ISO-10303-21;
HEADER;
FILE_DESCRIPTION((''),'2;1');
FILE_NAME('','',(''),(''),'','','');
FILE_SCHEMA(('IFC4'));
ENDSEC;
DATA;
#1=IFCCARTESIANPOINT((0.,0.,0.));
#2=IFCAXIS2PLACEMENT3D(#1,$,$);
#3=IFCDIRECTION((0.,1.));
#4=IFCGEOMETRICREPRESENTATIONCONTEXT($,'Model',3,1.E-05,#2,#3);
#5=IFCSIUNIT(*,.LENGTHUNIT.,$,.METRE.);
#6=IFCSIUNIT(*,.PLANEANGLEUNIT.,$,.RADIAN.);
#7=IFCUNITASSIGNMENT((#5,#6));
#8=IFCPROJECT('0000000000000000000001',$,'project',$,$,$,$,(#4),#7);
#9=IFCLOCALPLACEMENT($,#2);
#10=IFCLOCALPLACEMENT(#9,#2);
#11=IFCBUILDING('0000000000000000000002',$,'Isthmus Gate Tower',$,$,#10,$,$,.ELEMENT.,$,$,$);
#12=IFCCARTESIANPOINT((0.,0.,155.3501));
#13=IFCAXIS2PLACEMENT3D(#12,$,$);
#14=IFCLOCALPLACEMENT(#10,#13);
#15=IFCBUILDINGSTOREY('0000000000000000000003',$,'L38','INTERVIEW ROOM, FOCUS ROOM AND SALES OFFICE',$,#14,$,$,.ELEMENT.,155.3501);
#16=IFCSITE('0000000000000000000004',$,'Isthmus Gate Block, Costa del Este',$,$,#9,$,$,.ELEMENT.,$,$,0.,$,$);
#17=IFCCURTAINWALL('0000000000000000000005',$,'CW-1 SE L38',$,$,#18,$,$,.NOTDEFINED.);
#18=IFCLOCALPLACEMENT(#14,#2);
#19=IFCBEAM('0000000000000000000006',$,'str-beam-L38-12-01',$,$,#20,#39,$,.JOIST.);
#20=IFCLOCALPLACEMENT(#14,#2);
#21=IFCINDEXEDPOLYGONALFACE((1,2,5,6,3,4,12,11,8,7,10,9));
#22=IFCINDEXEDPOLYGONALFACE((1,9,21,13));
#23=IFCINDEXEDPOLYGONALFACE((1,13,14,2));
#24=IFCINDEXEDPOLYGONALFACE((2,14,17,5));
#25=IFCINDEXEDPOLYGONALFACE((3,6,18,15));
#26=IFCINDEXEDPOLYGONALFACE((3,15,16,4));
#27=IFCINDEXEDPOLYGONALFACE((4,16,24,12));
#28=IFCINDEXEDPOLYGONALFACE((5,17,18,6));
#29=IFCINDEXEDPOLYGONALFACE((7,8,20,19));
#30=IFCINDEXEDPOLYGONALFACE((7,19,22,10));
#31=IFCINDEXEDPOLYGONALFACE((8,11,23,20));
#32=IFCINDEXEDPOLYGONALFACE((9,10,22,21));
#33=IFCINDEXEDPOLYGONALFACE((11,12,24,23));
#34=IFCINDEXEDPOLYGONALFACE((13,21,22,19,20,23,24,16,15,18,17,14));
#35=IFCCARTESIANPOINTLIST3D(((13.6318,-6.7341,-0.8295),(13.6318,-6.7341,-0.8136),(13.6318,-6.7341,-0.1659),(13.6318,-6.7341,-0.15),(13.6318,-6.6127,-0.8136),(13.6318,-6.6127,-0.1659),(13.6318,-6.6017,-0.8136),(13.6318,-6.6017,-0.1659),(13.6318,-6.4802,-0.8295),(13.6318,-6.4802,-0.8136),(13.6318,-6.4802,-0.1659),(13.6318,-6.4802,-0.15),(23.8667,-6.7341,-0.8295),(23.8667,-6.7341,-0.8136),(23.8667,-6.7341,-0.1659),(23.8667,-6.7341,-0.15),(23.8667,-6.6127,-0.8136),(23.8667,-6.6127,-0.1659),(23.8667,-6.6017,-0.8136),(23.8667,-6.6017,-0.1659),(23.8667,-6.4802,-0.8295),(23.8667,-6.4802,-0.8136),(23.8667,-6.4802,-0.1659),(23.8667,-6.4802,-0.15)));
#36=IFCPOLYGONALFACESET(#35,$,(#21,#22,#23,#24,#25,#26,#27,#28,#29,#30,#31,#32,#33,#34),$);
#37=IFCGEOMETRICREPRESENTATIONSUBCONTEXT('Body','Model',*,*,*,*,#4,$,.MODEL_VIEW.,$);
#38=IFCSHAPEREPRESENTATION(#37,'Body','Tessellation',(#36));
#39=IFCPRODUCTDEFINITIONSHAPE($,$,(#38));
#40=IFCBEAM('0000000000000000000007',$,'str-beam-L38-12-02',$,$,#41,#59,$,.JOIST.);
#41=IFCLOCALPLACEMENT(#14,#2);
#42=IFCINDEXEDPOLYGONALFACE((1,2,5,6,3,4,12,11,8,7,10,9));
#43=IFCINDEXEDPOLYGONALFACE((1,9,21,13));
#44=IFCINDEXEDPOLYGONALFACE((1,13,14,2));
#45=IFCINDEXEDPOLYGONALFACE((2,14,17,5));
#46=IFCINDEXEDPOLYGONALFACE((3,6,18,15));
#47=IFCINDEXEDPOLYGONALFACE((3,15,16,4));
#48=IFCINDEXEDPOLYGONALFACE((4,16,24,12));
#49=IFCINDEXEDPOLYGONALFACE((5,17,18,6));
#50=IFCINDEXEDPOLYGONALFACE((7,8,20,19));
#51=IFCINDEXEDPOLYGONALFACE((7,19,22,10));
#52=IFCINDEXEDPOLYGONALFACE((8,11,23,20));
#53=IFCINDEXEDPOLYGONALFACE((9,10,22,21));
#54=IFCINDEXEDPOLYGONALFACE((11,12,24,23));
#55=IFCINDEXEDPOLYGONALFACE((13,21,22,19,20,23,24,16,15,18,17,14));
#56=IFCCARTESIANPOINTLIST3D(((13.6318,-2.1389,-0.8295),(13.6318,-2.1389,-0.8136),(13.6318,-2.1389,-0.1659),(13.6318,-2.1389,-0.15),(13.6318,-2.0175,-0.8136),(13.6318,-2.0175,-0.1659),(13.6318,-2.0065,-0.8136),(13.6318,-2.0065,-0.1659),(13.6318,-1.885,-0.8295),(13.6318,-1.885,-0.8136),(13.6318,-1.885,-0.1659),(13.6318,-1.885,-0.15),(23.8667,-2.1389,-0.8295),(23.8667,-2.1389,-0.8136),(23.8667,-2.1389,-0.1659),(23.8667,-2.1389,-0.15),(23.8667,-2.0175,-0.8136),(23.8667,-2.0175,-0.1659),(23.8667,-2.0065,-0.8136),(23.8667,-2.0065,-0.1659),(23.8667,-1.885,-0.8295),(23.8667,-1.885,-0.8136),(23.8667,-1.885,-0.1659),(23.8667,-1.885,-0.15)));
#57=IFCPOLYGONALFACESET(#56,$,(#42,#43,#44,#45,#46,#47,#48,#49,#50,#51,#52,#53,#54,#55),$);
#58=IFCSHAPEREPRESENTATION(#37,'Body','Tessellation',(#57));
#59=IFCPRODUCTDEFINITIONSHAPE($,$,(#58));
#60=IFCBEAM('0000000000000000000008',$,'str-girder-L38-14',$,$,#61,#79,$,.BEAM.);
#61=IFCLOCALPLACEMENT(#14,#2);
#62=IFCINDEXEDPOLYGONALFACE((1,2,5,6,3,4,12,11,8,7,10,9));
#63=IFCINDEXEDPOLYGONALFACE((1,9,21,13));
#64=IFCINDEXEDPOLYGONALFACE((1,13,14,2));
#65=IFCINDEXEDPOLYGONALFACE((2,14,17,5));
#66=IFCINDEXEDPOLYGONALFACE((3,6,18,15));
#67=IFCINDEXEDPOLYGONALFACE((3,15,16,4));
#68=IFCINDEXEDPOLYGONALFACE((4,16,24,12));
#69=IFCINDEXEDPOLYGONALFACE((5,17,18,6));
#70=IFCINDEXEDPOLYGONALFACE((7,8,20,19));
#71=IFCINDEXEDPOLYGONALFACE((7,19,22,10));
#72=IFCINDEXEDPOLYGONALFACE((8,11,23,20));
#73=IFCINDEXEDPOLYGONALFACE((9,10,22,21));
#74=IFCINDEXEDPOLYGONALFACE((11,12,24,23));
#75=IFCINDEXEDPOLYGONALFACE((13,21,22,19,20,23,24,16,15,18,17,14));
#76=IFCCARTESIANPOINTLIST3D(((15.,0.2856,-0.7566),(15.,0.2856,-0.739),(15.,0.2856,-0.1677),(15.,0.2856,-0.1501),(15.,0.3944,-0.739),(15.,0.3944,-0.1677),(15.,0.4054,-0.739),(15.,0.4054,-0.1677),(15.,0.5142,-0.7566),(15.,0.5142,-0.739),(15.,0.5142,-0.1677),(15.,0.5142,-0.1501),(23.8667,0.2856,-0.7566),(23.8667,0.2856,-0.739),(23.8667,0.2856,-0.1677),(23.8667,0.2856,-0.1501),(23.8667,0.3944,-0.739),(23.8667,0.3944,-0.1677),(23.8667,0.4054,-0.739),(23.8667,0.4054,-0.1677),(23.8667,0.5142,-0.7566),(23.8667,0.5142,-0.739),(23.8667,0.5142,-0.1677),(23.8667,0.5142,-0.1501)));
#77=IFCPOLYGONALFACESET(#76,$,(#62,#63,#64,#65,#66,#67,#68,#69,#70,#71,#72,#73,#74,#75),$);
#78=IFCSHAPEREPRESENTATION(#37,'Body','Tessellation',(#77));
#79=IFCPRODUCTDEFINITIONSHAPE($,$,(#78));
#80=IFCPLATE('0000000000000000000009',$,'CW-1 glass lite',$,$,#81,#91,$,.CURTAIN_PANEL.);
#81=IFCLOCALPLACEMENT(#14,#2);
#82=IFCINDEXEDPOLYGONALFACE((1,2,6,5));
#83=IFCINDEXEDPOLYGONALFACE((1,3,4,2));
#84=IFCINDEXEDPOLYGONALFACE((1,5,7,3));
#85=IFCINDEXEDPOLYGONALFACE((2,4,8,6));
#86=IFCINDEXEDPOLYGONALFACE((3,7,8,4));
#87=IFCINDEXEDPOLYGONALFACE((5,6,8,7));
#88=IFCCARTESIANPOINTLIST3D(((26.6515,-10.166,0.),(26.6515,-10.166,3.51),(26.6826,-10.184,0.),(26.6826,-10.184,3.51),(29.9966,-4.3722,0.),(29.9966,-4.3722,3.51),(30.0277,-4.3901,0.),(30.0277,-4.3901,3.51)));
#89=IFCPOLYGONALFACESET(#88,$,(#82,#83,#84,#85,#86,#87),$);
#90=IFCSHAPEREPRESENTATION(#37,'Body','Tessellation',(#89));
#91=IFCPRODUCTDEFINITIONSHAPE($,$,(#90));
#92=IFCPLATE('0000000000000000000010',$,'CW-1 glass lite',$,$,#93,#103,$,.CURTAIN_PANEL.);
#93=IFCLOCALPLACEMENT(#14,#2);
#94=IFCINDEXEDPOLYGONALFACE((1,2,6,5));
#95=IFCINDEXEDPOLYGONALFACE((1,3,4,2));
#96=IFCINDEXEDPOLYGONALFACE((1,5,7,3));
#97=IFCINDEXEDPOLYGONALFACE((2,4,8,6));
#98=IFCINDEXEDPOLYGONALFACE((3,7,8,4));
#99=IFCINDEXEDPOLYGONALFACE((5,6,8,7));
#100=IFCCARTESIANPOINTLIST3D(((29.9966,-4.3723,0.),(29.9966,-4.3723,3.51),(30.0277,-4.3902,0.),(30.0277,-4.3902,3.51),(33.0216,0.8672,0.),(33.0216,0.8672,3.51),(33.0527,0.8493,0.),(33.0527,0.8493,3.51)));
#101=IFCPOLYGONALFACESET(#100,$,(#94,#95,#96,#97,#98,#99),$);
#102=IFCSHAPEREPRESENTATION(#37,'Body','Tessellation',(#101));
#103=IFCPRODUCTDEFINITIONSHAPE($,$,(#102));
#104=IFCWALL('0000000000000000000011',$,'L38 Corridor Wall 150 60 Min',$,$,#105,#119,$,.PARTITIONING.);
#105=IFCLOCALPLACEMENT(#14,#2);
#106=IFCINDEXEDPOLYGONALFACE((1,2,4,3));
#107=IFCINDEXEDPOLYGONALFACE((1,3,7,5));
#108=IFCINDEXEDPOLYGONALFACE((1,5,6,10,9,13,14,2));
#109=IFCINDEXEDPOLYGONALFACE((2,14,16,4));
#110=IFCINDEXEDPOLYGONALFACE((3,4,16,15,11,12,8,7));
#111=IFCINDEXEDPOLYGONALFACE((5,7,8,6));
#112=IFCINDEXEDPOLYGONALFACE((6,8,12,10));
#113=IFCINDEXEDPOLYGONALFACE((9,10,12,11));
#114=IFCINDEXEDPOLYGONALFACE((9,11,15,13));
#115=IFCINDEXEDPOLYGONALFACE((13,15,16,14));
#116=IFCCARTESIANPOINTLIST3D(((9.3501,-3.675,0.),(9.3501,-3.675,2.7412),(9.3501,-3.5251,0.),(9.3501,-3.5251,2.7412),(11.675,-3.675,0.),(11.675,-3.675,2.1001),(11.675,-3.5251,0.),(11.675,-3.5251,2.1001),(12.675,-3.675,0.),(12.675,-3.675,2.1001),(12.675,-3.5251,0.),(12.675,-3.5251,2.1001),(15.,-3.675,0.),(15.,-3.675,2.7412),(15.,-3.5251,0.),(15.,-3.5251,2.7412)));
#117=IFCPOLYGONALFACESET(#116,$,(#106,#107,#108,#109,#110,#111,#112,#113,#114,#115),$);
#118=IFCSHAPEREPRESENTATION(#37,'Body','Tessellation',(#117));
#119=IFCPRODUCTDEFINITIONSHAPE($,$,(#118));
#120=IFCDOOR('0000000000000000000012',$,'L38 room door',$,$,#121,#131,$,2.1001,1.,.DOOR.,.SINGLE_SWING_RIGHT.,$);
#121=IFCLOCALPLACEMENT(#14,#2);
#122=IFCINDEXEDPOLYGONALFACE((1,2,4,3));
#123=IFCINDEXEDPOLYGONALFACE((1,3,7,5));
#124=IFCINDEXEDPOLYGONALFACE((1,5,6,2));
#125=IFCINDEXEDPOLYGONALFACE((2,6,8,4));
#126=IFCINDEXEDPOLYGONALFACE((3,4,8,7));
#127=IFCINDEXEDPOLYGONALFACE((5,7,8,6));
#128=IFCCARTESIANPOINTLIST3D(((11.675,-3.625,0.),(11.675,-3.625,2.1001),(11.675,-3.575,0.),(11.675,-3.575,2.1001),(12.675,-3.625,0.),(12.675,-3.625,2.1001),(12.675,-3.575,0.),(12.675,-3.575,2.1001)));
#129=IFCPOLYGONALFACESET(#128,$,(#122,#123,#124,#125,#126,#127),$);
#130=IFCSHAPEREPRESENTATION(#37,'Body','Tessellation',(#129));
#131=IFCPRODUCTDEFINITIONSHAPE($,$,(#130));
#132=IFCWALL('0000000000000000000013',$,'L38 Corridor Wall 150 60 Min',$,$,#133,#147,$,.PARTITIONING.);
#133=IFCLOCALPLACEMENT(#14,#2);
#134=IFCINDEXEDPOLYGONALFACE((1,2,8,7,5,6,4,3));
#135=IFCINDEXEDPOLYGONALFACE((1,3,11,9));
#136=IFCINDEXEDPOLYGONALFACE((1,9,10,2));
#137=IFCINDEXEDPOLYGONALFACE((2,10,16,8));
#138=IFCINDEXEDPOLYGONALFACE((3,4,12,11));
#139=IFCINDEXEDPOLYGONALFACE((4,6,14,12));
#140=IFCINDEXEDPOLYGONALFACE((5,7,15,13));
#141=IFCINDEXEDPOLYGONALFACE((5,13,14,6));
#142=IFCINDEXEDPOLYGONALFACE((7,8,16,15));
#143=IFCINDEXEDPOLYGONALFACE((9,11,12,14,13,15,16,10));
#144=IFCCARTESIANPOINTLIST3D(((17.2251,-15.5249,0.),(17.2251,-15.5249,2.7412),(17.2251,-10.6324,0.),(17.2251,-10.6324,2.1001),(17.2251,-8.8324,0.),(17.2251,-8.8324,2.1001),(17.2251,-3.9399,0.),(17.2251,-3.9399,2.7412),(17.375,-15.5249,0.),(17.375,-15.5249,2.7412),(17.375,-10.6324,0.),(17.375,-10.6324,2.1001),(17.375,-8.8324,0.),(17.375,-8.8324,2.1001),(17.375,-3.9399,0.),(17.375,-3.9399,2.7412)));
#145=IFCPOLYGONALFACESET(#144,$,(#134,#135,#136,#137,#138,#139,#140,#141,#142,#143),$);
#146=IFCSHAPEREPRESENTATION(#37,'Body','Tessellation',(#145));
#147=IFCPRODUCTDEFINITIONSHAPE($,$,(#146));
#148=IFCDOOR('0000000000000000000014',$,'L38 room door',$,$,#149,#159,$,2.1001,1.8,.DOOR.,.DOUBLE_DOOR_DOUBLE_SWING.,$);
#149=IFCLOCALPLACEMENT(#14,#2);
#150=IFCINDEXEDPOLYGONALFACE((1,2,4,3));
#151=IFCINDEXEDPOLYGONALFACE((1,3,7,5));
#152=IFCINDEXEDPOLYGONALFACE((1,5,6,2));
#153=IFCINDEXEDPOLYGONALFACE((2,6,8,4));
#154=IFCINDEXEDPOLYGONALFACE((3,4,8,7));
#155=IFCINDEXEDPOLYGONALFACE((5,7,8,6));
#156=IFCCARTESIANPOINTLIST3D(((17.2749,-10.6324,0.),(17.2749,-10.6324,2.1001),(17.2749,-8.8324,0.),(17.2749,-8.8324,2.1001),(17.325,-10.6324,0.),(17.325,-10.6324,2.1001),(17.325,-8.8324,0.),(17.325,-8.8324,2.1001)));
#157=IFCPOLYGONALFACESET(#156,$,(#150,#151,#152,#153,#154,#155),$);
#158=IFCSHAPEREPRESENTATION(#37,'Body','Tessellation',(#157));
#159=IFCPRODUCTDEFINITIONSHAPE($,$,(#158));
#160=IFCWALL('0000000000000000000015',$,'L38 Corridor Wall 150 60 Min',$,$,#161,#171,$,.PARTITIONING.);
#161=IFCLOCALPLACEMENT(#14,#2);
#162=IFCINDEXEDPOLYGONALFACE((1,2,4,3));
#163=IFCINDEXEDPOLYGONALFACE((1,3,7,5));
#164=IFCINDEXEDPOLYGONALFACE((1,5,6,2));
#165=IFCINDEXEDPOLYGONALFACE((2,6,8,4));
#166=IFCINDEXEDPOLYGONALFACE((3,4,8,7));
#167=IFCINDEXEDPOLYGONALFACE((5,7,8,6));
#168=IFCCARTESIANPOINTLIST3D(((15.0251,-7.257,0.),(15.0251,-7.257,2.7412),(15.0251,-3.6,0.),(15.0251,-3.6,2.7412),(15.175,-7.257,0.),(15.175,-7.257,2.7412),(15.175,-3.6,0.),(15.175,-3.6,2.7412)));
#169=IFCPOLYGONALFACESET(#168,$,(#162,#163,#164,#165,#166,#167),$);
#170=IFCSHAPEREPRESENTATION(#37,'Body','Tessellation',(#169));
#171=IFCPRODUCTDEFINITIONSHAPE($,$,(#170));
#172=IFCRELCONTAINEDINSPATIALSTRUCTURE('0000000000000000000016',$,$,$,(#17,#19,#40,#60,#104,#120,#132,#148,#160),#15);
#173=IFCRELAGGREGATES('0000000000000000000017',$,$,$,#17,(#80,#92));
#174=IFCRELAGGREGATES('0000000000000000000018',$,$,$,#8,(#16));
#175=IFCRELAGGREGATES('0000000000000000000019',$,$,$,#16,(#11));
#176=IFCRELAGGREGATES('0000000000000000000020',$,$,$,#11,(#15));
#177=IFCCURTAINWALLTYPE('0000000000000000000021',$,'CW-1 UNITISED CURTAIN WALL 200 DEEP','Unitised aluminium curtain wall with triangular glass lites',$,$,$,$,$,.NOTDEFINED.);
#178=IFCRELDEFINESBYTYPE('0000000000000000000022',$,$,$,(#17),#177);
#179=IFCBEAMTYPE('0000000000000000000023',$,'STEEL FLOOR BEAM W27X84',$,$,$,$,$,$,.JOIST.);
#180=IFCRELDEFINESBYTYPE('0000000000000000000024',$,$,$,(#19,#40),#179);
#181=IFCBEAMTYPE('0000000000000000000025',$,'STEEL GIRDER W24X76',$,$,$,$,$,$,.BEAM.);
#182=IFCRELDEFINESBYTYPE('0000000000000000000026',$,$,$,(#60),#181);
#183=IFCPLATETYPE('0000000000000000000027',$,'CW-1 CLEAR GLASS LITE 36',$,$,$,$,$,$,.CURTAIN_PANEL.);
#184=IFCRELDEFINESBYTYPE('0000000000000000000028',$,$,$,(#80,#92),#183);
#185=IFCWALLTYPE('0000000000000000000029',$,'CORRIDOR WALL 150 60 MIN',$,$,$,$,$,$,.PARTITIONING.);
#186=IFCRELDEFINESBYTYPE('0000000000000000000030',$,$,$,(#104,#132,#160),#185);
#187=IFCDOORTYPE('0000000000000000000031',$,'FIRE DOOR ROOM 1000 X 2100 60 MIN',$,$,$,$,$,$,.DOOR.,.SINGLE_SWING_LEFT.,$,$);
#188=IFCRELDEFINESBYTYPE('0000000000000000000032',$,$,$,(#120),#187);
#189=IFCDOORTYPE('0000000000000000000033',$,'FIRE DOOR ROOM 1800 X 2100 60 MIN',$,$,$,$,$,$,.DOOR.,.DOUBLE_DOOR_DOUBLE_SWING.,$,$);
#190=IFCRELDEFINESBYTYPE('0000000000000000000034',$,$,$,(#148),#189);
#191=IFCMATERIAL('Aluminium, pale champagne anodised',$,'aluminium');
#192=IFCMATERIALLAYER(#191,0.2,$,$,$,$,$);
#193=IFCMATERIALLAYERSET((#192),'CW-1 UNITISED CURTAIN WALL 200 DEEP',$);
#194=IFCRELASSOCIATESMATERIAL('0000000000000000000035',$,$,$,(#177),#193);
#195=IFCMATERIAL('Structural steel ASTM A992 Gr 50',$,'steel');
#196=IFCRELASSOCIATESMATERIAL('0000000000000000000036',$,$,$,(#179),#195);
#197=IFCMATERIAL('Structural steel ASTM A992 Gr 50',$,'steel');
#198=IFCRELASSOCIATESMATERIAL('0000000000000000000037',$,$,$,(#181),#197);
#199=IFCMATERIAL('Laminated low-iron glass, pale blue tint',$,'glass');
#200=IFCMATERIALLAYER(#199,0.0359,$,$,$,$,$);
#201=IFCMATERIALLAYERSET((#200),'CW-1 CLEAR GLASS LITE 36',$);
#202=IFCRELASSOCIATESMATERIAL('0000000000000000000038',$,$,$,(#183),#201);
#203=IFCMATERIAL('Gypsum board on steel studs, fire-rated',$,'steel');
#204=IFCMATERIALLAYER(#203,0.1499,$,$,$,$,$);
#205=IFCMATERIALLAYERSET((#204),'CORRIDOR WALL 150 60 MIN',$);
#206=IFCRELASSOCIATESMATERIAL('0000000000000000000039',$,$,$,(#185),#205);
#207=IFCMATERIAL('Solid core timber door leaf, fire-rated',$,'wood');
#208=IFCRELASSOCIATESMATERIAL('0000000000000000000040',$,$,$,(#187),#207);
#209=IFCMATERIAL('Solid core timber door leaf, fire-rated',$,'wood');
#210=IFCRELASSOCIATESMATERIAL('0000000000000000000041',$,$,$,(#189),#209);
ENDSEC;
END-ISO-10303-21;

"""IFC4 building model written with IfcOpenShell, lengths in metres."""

from ifc_helpers import new_model, si_unit, direction, frame, frame_2d, origin, origin_2d, place, context, subcontext, project, spatial, rectangle, i_section, extrude, material, layer, layer_set, material_profile, profile_set, type_object, element, fill, aggregate, save


model = new_model("IFC4")

# Units and contexts
model_context = context("Model", 3, precision=1e-05, world=origin(), true_north=direction((0.0, 1.0)))
body_context = subcontext(model_context, "Body", "Model", "MODEL_VIEW")
ifc_project = project(units=[si_unit("LENGTHUNIT", "METRE"), si_unit("PLANEANGLEUNIT", "RADIAN")], contexts=[model_context])

# Site, building, storey
site_placement = place(None, origin())
site = spatial("IfcSite", under=ifc_project, at=site_placement, Name="Isthmus Gate Block, Costa del Este", CompositionType="ELEMENT", RefElevation=0.0)
building_placement = place(site_placement, origin())
building = spatial("IfcBuilding", under=site, at=building_placement, Name="Isthmus Gate Tower", CompositionType="ELEMENT")
storey_placement = place(building_placement, frame((0.0, 0.0, 155.3501)))
storey = spatial("IfcBuildingStorey", under=building, at=storey_placement, Name="L38", Description="INTERVIEW ROOM, FOCUS ROOM AND SALES OFFICE", CompositionType="ELEMENT", Elevation=155.3501)

# Curtain wall
ifc_material_1 = material(Name="Aluminium, pale champagne anodised", Category="aluminium")
ifc_layer_1 = layer(ifc_material_1, 0.2)
ifc_layer_set_1 = layer_set([ifc_layer_1], Name="CW-1 UNITISED CURTAIN WALL 200 DEEP")
curtain_wall_type = type_object("IfcCurtainWallType", Name="CW-1 UNITISED CURTAIN WALL 200 DEEP", Description="Unitised aluminium curtain wall with triangular glass lites", PredefinedType="NOTDEFINED", material=ifc_layer_set_1)
curtain_wall_placement = place(storey_placement, origin())
curtain_wall = element("IfcCurtainWall", 1, at=curtain_wall_placement, inside=storey, type_object=curtain_wall_type, Name="CW-1 SE L38", PredefinedType="NOTDEFINED")

# Beams
ifc_material_2 = material(Name="Structural steel ASTM A992 Gr 50", Category="steel")
ifc_material_profile_1 = material_profile(ifc_material_2, i_section(OverallWidth=0.2539, OverallDepth=0.6794, WebThickness=0.011, FlangeThickness=0.0159, at=origin_2d()), Name="W27X84")
ifc_profile_set_1 = profile_set([ifc_material_profile_1], Name="Structural steel ASTM A992 Gr 50")
beam_type_1 = type_object("IfcBeamType", Name="STEEL FLOOR BEAM W27X84", PredefinedType="JOIST", material=ifc_profile_set_1)
for number, where, z_axis, x_axis, name in (
    (2, (13.6318, -6.6072, -0.4897), (1.0, 0.0, 0.0), (0.0, 1.0, 0.0), "str-beam-L38-12-01"),
    (3, (13.6318, -2.012, -0.4897), (1.0, 0.0, 0.0), (0.0, 1.0, 0.0), "str-beam-L38-12-02"),
):
    element("IfcBeam", number, at=place(storey_placement, frame(where, z_axis=z_axis, x_axis=x_axis)), inside=storey, type_object=beam_type_1, Name=name, PredefinedType="JOIST", context=body_context, shape_type="SweptSolid", body=[
        extrude(i_section(OverallWidth=0.2539, OverallDepth=0.6794, WebThickness=0.011, FlangeThickness=0.0159, at=origin_2d()), origin(), (0.0, 0.0, 1.0), 10.2349),
    ])
ifc_material_3 = material(Name="Structural steel ASTM A992 Gr 50", Category="steel")
ifc_material_profile_2 = material_profile(ifc_material_3, i_section(OverallWidth=0.2285, OverallDepth=0.6064, WebThickness=0.011, FlangeThickness=0.0176, at=origin_2d()), Name="W24X76")
ifc_profile_set_2 = profile_set([ifc_material_profile_2], Name="Structural steel ASTM A992 Gr 50")
beam_type_2 = type_object("IfcBeamType", Name="STEEL GIRDER W24X76", PredefinedType="BEAM", material=ifc_profile_set_2)
beam_1_placement = place(storey_placement, frame((15.0, 0.3999, -0.4534), z_axis=(1.0, 0.0, 0.0), x_axis=(0.0, 1.0, 0.0)))
element("IfcBeam", 4, at=beam_1_placement, inside=storey, type_object=beam_type_2, Name="str-girder-L38-14", PredefinedType="BEAM", context=body_context, shape_type="SweptSolid", body=[
    extrude(i_section(OverallWidth=0.2285, OverallDepth=0.6064, WebThickness=0.011, FlangeThickness=0.0176, at=origin_2d()), origin(), (0.0, 0.0, 1.0), 8.8667),
])

# Plates
ifc_material_4 = material(Name="Laminated low-iron glass, pale blue tint", Category="glass")
ifc_layer_2 = layer(ifc_material_4, 0.0359)
ifc_layer_set_2 = layer_set([ifc_layer_2], Name="CW-1 CLEAR GLASS LITE 36")
plate_type = type_object("IfcPlateType", Name="CW-1 CLEAR GLASS LITE 36", PredefinedType="CURTAIN_PANEL", material=ifc_layer_set_2)
plate_1_placement = place(storey_placement, frame((28.3396, -7.2781, 0.0), z_axis=(0.0, 0.0, 1.0), x_axis=(0.5, 0.866025, 0.0)))
plate_1 = element("IfcPlate", 5, at=plate_1_placement, type_object=plate_type, Name="CW-1 glass lite", PredefinedType="CURTAIN_PANEL", context=body_context, shape_type="SweptSolid", body=[
    extrude(rectangle(XDim=6.6902, YDim=0.0359, at=origin_2d()), origin(), (0.0, 0.0, 1.0), 3.51),
])
plate_2_placement = place(storey_placement, frame((31.5247, -1.7615, 0.0), z_axis=(0.0, 0.0, 1.0), x_axis=(0.5, 0.866025, 0.0)))
plate_2 = element("IfcPlate", 6, at=plate_2_placement, type_object=plate_type, Name="CW-1 glass lite", PredefinedType="CURTAIN_PANEL", context=body_context, shape_type="SweptSolid", body=[
    extrude(rectangle(XDim=6.05, YDim=0.0359, at=origin_2d()), origin(), (0.0, 0.0, 1.0), 3.51),
])
aggregate(curtain_wall, [plate_1, plate_2])

# Walls, openings, doors
ifc_material_5 = material(Name="Gypsum board on steel studs, fire-rated", Category="steel")
ifc_layer_3 = layer(ifc_material_5, 0.1499)
ifc_layer_set_3 = layer_set([ifc_layer_3], Name="CORRIDOR WALL 150 60 MIN")
wall_type_1 = type_object("IfcWallType", Name="CORRIDOR WALL 150 60 MIN", PredefinedType="PARTITIONING", material=ifc_layer_set_3)
wall_1_placement = place(storey_placement, frame((15.0, -3.6001, 0.0), z_axis=(0.0, 0.0, 1.0), x_axis=(-1.0, 0.0, 0.0)))
wall_1 = element("IfcWall", 7, at=wall_1_placement, inside=storey, type_object=wall_type_1, Name="L38 Corridor Wall 150 60 Min", PredefinedType="PARTITIONING", context=body_context, shape_type="SweptSolid", body=[
    extrude(rectangle(XDim=5.6499, YDim=0.1499, at=frame_2d((2.825, 0.0))), origin(), (0.0, 0.0, 1.0), 2.7412),
])
opening_1_placement = place(wall_1_placement, frame((2.325, 0.0, 0.0)))
opening_1 = element("IfcOpeningElement", 8, at=opening_1_placement, cuts=wall_1, PredefinedType="OPENING", context=body_context, shape_type="SweptSolid", body=[
    extrude(rectangle(XDim=1.0, YDim=2.1001, at=frame_2d((0.5, 1.05))), frame((0.0, 0.085, 0.0), z_axis=(0.0, -1.0, 0.0), x_axis=(1.0, 0.0, 0.0)), (0.0, 0.0, 1.0), 0.1699),
])
ifc_material_6 = material(Name="Solid core timber door leaf, fire-rated", Category="wood")
door_type_1 = type_object("IfcDoorType", Name="FIRE DOOR ROOM 1000 X 2100 60 MIN", OperationType="SINGLE_SWING_LEFT", PredefinedType="DOOR", material=ifc_material_6)
door_1_placement = place(opening_1_placement, origin())
door_1 = element("IfcDoor", 9, at=door_1_placement, inside=storey, type_object=door_type_1, Name="L38 room door", OperationType="SINGLE_SWING_RIGHT", OverallHeight=2.1001, OverallWidth=1.0, PredefinedType="DOOR", context=body_context, shape_type="SweptSolid", body=[
    extrude(rectangle(XDim=1.0, YDim=2.1001, at=frame_2d((0.5, 1.05))), frame((0.0, 0.0249, 0.0), z_axis=(0.0, -1.0, 0.0), x_axis=(1.0, 0.0, 0.0)), (0.0, 0.0, 1.0), 0.05),
])
fill(opening_1, door_1)
wall_2_placement = place(storey_placement, frame((17.3, -3.9399, 0.0), z_axis=(0.0, 0.0, 1.0), x_axis=(0.0, -1.0, 0.0)))
wall_2 = element("IfcWall", 10, at=wall_2_placement, inside=storey, type_object=wall_type_1, Name="L38 Corridor Wall 150 60 Min", PredefinedType="PARTITIONING", context=body_context, shape_type="SweptSolid", body=[
    extrude(rectangle(XDim=11.585, YDim=0.1499, at=frame_2d((5.7925, 0.0))), origin(), (0.0, 0.0, 1.0), 2.7412),
])
opening_2_placement = place(wall_2_placement, frame((4.8926, 0.0, 0.0)))
opening_2 = element("IfcOpeningElement", 11, at=opening_2_placement, cuts=wall_2, PredefinedType="OPENING", context=body_context, shape_type="SweptSolid", body=[
    extrude(rectangle(XDim=1.8, YDim=2.1001, at=frame_2d((0.8999, 1.05))), frame((0.0, 0.085, 0.0), z_axis=(0.0, -1.0, 0.0), x_axis=(1.0, 0.0, 0.0)), (0.0, 0.0, 1.0), 0.1699),
])
ifc_material_7 = material(Name="Solid core timber door leaf, fire-rated", Category="wood")
door_type_2 = type_object("IfcDoorType", Name="FIRE DOOR ROOM 1800 X 2100 60 MIN", OperationType="DOUBLE_DOOR_DOUBLE_SWING", PredefinedType="DOOR", material=ifc_material_7)
door_2_placement = place(opening_2_placement, origin())
door_2 = element("IfcDoor", 12, at=door_2_placement, inside=storey, type_object=door_type_2, Name="L38 room door", OperationType="DOUBLE_DOOR_DOUBLE_SWING", OverallHeight=2.1001, OverallWidth=1.8, PredefinedType="DOOR", context=body_context, shape_type="SweptSolid", body=[
    extrude(rectangle(XDim=1.8, YDim=2.1001, at=frame_2d((0.8999, 1.05))), frame((0.0, 0.0249, 0.0), z_axis=(0.0, -1.0, 0.0), x_axis=(1.0, 0.0, 0.0)), (0.0, 0.0, 1.0), 0.05),
])
fill(opening_2, door_2)

# Wall
wall_3_placement = place(storey_placement, frame((15.1001, -7.2571, 0.0), z_axis=(0.0, 0.0, 1.0), x_axis=(0.0, 1.0, 0.0)))
element("IfcWall", 13, at=wall_3_placement, inside=storey, type_object=wall_type_1, Name="L38 Corridor Wall 150 60 Min", PredefinedType="PARTITIONING", context=body_context, shape_type="SweptSolid", body=[
    extrude(rectangle(XDim=3.657, YDim=0.1499, at=frame_2d((1.8286, 0.0))), origin(), (0.0, 0.0, 1.0), 2.7412),
])

save(model, "model.ifc")
